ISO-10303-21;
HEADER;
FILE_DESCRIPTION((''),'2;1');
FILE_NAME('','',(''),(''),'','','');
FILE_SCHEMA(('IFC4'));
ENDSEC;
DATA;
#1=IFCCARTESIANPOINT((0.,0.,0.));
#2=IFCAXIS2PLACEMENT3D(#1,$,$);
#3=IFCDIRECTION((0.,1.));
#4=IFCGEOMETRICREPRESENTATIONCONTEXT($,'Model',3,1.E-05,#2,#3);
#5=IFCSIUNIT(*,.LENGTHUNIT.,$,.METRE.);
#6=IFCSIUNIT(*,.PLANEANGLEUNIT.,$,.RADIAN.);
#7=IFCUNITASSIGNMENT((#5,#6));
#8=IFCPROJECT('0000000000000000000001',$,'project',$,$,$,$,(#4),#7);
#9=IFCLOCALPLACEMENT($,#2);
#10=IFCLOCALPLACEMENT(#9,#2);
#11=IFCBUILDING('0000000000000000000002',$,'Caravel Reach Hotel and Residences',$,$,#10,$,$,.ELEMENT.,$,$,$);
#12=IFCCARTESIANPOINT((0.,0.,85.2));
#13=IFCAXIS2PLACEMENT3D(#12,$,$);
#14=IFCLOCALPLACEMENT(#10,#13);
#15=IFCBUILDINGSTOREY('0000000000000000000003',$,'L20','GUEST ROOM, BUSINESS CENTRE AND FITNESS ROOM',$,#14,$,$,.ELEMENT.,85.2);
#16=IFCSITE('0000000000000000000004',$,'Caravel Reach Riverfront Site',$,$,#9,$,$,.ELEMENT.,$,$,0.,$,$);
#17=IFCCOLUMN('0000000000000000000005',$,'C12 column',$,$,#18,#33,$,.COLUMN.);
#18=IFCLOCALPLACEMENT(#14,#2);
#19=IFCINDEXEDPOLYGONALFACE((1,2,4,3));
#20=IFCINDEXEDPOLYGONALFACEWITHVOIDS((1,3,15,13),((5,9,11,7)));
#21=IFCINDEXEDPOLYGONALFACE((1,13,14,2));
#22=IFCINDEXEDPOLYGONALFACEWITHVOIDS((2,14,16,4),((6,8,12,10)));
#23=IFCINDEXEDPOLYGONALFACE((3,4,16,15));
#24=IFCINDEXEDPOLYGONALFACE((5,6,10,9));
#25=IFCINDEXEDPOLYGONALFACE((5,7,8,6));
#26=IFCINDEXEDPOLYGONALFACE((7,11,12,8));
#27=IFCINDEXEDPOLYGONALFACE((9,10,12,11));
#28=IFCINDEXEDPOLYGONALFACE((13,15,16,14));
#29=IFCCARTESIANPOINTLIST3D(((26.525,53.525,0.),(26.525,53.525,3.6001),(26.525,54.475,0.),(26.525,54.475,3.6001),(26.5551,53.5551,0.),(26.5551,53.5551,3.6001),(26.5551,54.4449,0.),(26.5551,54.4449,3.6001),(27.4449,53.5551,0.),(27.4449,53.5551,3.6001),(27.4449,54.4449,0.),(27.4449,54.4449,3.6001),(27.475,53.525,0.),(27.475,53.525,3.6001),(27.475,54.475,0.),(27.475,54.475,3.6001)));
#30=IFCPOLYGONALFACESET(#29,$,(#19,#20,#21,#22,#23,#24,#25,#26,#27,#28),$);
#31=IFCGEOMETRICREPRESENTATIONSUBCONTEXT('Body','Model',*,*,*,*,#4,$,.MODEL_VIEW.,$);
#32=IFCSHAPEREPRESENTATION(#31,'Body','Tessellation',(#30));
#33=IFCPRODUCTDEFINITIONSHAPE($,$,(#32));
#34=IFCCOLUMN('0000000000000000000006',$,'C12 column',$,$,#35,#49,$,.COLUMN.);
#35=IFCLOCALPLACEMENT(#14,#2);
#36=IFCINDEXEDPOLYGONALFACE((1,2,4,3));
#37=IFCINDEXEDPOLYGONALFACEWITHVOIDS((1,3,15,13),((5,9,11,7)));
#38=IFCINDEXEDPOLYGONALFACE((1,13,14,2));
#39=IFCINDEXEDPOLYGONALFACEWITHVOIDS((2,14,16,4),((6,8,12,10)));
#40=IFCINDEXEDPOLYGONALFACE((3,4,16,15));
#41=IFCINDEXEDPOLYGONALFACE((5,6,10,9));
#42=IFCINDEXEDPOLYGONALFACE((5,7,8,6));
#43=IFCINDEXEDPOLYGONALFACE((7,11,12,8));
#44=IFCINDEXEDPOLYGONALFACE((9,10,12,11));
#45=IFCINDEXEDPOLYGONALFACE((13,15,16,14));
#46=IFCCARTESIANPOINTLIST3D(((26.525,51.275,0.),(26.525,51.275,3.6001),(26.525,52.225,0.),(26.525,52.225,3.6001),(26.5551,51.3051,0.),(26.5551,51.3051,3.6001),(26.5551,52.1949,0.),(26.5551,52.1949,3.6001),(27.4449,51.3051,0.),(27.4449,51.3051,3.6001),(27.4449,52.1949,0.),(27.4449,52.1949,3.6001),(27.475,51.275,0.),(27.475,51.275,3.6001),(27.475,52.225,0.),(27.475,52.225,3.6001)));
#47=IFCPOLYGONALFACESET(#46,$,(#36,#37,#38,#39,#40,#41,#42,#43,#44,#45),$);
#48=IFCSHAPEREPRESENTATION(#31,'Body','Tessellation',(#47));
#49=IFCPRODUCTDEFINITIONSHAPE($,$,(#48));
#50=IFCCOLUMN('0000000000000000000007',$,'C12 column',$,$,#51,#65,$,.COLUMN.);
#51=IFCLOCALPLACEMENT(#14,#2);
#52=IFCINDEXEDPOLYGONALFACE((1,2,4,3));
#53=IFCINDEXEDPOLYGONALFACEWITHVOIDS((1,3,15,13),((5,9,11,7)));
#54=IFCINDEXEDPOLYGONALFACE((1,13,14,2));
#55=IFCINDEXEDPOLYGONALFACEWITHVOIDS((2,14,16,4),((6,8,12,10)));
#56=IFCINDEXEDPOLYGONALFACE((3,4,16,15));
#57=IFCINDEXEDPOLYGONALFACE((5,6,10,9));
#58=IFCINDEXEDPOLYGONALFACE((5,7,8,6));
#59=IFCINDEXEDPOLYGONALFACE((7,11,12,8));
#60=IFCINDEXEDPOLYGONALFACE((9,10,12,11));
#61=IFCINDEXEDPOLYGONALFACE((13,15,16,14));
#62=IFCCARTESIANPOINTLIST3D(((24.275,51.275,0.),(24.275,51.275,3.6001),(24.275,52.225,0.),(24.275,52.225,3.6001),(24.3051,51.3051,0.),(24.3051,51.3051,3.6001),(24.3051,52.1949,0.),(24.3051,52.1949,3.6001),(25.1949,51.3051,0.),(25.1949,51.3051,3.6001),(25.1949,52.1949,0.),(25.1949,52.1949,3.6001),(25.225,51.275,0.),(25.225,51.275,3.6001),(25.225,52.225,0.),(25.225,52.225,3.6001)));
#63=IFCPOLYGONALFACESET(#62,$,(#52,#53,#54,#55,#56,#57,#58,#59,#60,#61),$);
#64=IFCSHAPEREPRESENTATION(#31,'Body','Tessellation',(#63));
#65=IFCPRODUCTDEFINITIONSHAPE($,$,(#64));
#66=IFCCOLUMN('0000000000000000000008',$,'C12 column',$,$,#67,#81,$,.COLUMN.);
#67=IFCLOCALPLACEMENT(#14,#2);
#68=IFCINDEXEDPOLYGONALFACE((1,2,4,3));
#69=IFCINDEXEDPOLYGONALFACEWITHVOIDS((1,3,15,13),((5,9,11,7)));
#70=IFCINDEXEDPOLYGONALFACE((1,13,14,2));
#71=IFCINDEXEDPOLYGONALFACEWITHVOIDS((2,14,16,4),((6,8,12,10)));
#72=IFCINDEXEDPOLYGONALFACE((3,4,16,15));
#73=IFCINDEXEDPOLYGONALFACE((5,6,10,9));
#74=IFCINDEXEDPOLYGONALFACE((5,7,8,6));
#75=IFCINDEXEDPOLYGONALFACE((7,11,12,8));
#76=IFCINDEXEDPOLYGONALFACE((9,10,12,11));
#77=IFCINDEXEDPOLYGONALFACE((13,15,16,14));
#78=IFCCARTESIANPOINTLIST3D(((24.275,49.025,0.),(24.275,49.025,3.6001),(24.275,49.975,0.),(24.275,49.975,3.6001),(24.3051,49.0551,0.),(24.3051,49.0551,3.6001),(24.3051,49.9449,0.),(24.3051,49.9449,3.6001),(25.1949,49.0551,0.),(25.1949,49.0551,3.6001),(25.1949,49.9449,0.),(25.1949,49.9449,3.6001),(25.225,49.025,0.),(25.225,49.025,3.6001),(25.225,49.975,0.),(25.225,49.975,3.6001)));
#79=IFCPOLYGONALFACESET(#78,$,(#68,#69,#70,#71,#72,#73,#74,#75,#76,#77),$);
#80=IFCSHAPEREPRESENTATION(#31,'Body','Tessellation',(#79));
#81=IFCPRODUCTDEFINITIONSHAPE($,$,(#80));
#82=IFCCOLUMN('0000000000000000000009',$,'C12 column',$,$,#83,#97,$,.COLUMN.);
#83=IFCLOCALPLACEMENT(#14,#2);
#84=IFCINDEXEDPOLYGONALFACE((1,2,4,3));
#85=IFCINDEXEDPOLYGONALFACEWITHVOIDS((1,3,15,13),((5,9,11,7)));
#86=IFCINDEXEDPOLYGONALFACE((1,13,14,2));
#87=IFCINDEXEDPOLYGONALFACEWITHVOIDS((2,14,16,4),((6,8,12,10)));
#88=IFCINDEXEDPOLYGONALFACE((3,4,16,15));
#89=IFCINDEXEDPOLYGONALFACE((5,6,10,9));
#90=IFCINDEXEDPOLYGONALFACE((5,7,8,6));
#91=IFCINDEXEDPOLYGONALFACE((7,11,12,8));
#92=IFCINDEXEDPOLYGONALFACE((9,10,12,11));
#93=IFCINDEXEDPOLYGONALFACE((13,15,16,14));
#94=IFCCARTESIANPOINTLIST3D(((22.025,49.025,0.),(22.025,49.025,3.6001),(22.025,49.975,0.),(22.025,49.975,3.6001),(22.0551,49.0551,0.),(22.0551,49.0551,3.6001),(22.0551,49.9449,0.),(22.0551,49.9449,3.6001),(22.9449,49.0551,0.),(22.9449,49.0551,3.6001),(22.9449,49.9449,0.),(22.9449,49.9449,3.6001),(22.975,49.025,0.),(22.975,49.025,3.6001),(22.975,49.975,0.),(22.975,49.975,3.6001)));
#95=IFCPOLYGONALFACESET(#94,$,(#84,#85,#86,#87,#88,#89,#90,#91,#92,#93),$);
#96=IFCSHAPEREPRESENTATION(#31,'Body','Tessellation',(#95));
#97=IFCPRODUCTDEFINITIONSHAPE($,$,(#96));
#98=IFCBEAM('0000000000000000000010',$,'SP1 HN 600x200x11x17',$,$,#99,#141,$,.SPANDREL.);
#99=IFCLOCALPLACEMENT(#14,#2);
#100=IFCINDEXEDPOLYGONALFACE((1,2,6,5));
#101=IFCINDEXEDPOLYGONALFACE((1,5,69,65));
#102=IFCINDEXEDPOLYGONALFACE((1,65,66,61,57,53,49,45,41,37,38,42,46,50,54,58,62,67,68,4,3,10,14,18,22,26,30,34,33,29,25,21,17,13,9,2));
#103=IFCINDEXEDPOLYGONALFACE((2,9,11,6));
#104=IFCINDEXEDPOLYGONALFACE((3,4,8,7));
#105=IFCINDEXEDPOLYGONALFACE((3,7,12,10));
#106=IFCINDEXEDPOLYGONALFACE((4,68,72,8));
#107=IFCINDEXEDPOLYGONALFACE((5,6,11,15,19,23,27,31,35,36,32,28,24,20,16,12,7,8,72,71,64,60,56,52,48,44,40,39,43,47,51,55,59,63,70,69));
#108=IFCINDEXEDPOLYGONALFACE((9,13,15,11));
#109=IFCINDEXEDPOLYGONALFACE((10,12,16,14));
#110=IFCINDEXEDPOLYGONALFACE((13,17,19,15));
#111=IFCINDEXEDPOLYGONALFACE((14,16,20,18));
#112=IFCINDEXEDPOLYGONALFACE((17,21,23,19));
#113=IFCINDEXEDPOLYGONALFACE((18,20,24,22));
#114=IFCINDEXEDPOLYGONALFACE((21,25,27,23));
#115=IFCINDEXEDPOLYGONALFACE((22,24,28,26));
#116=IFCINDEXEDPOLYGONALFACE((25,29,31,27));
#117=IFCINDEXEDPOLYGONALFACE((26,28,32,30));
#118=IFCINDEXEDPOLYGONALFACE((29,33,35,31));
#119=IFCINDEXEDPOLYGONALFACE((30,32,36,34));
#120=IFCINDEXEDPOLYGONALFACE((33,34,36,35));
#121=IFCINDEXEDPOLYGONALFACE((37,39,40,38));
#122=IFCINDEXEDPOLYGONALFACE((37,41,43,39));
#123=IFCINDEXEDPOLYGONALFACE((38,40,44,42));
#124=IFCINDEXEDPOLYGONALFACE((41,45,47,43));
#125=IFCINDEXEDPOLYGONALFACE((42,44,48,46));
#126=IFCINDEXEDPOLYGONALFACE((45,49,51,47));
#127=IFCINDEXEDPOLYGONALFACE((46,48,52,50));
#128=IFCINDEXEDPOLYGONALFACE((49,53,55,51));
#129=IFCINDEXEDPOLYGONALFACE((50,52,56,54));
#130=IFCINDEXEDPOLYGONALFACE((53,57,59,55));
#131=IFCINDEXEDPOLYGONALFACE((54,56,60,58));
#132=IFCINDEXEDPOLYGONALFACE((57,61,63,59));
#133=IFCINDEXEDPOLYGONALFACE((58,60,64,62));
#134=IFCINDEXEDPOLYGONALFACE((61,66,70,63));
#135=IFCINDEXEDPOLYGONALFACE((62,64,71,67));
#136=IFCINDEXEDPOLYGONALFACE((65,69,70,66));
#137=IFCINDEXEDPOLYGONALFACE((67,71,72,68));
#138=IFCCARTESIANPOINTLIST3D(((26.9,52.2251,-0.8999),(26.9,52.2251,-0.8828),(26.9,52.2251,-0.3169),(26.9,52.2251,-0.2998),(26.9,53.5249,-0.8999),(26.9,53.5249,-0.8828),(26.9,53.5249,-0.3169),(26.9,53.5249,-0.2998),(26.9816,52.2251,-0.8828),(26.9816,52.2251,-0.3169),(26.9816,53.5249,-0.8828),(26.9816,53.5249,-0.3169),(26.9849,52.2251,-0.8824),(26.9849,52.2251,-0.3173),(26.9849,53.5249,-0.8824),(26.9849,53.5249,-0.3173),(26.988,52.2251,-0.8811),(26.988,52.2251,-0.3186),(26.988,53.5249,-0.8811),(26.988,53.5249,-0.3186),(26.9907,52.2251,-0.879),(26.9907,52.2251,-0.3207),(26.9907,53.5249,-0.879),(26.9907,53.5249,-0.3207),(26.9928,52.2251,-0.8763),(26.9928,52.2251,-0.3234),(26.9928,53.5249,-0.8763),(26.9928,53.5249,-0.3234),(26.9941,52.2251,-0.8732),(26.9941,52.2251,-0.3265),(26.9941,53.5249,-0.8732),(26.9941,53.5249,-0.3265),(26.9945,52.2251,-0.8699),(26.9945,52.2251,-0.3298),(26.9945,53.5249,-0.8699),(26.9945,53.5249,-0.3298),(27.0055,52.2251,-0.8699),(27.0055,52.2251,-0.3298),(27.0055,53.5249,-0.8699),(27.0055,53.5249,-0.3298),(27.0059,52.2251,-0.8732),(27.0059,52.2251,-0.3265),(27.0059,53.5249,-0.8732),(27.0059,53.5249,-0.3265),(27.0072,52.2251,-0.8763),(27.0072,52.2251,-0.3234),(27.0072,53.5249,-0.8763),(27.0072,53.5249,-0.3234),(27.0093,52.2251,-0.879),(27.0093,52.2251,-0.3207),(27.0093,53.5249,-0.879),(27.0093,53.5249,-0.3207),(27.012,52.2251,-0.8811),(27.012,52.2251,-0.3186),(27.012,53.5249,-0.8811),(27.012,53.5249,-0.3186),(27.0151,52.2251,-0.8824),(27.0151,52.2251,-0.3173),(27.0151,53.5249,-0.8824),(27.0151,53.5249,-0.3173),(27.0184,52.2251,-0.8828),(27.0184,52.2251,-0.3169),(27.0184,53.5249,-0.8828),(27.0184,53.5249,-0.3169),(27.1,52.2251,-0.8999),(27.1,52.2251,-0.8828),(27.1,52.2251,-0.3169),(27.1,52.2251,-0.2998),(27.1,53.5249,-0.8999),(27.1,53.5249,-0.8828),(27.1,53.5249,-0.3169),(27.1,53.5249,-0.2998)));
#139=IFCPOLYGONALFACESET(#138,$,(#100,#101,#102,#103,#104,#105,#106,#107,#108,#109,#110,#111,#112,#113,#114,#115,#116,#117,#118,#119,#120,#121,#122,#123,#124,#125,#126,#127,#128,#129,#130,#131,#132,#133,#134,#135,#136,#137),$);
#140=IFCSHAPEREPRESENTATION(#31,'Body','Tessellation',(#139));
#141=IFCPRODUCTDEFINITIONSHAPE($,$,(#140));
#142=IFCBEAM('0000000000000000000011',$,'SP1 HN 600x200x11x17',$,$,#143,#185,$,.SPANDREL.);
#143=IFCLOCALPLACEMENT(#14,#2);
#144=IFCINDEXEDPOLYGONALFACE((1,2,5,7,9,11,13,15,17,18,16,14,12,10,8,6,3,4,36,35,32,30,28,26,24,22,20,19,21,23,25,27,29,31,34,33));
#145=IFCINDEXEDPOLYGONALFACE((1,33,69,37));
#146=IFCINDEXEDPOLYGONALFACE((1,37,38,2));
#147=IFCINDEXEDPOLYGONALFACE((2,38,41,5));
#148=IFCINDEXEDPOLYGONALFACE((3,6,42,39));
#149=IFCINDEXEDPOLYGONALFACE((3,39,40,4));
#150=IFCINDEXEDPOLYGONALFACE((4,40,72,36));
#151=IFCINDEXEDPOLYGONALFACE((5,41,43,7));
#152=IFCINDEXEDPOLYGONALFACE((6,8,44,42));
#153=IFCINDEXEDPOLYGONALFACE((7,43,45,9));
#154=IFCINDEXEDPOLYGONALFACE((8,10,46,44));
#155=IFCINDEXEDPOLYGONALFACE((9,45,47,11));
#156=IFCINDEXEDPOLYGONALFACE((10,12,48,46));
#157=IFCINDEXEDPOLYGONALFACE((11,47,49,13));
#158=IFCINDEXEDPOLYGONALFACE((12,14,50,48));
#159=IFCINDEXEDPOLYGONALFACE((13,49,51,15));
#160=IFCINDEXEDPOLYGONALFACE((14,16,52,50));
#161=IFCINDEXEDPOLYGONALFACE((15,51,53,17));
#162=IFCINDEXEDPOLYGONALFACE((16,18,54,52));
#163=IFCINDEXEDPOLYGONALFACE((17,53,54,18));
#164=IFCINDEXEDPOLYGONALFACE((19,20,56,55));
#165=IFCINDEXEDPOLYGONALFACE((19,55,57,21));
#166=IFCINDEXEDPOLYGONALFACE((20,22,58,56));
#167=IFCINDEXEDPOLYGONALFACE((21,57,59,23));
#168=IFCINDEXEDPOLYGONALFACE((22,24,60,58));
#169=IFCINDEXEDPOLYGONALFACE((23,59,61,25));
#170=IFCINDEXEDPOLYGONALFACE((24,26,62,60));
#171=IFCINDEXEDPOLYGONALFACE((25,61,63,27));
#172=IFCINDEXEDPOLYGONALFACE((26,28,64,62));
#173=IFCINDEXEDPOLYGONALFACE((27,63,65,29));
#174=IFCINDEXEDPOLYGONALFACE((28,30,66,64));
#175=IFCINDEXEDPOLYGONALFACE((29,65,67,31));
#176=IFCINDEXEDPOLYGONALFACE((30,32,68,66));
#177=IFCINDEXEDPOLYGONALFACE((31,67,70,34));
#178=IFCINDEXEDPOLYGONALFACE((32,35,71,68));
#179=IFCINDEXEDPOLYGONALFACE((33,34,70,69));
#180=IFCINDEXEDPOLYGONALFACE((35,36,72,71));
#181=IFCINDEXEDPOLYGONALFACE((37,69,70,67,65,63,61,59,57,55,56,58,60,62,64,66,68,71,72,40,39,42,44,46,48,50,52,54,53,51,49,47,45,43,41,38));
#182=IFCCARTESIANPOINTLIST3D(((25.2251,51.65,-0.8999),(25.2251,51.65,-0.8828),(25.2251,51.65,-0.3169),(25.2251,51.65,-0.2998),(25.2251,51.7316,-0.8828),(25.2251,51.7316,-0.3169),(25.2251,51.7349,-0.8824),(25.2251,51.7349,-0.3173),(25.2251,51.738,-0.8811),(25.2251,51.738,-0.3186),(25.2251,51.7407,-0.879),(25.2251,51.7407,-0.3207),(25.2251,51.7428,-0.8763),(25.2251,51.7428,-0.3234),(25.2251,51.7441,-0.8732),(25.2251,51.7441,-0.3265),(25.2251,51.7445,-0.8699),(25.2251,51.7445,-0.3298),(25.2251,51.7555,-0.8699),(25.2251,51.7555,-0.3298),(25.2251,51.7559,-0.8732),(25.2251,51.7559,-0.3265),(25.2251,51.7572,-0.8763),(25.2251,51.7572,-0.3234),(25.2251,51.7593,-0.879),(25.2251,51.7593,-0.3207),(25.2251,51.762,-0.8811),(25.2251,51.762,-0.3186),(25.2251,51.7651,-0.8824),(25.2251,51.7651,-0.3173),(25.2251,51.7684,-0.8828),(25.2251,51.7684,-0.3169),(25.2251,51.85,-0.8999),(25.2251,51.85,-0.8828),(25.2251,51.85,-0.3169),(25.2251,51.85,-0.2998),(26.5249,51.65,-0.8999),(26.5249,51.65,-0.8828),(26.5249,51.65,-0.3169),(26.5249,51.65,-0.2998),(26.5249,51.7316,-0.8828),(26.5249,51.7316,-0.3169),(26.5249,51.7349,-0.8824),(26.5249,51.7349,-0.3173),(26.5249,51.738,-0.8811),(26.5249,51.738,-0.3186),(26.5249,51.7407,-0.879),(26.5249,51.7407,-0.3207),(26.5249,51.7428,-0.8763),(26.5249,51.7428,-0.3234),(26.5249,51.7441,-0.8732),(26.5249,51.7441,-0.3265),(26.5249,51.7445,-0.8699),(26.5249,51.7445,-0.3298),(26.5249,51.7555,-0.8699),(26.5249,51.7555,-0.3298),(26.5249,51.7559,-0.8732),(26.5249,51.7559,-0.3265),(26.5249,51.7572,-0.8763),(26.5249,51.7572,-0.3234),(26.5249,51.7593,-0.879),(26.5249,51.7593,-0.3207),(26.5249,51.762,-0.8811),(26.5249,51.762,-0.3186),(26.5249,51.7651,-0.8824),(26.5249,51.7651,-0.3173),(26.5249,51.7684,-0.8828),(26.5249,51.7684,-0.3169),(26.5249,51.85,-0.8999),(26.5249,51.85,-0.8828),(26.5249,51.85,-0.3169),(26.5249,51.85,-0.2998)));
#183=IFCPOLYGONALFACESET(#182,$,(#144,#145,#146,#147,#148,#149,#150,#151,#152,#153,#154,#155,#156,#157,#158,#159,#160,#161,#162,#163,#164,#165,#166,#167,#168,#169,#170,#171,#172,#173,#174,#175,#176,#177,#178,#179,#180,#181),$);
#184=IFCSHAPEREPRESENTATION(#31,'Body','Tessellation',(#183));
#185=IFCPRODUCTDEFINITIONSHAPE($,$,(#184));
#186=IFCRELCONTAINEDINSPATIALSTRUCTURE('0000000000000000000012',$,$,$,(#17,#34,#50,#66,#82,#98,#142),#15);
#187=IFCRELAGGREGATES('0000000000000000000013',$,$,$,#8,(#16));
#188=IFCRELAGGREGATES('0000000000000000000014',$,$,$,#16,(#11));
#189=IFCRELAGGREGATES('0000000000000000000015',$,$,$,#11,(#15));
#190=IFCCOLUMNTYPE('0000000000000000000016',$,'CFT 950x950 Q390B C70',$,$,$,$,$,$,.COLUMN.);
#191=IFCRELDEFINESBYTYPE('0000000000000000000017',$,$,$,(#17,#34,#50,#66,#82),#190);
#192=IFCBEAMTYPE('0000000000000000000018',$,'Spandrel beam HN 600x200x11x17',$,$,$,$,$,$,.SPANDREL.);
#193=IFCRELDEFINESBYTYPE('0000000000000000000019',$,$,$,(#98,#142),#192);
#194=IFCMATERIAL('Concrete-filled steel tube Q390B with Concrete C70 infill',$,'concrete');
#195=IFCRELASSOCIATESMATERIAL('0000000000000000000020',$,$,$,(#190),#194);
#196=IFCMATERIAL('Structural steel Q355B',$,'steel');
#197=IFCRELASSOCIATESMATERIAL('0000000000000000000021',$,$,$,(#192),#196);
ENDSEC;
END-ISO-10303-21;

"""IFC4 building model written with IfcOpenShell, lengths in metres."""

from ifc_helpers import new_model, si_unit, direction, frame, origin, origin_2d, place, context, subcontext, project, spatial, hollow_rectangle, i_section, extrude, material, material_profile, profile_set, type_object, element, save


model = new_model("IFC4")

# Units and contexts
model_context = context("Model", 3, precision=1e-05, world=origin(), true_north=direction((0.0, 1.0)))
body_context = subcontext(model_context, "Body", "Model", "MODEL_VIEW")
ifc_project = project(units=[si_unit("LENGTHUNIT", "METRE"), si_unit("PLANEANGLEUNIT", "RADIAN")], contexts=[model_context])

# Site, building, storey
site_placement = place(None, origin())
site = spatial("IfcSite", under=ifc_project, at=site_placement, Name="Caravel Reach Riverfront Site", CompositionType="ELEMENT", RefElevation=0.0)
building_placement = place(site_placement, origin())
building = spatial("IfcBuilding", under=site, at=building_placement, Name="Caravel Reach Hotel and Residences", CompositionType="ELEMENT")
storey_placement = place(building_placement, frame((0.0, 0.0, 85.2)))
storey = spatial("IfcBuildingStorey", under=building, at=storey_placement, Name="L20", Description="GUEST ROOM, BUSINESS CENTRE AND FITNESS ROOM", CompositionType="ELEMENT", Elevation=85.2)

# Columns
ifc_material_1 = material(Name="Concrete-filled steel tube Q390B with Concrete C70 infill", Category="concrete")
ifc_material_profile_1 = material_profile(ifc_material_1, hollow_rectangle(XDim=0.95, YDim=0.95, WallThickness=0.03, at=origin_2d()), Name="RHS 950x950x30")
ifc_profile_set_1 = profile_set([ifc_material_profile_1], Name="Concrete-filled steel tube Q390B with Concrete C70 infill")
column_type = type_object("IfcColumnType", Name="CFT 950x950 Q390B C70", PredefinedType="COLUMN", material=ifc_profile_set_1)
for number, where, z_axis, x_axis, name in (
    (1, (27.0, 54.0, 0.0), (0.0, 0.0, 1.0), (1.0, 0.0, 0.0), "C12 column"),
    (2, (27.0, 51.75, 0.0), (0.0, 0.0, 1.0), (1.0, 0.0, 0.0), "C12 column"),
    (3, (24.75, 51.75, 0.0), (0.0, 0.0, 1.0), (1.0, 0.0, 0.0), "C12 column"),
    (4, (24.75, 49.5, 0.0), (0.0, 0.0, 1.0), (1.0, 0.0, 0.0), "C12 column"),
    (5, (22.5, 49.5, 0.0), (0.0, 0.0, 1.0), (1.0, 0.0, 0.0), "C12 column"),
):
    element("IfcColumn", number, at=place(storey_placement, frame(where, z_axis=z_axis, x_axis=x_axis)), inside=storey, type_object=column_type, Name=name, PredefinedType="COLUMN", context=body_context, shape_type="SweptSolid", body=[
        extrude(hollow_rectangle(XDim=0.95, YDim=0.95, WallThickness=0.03, at=origin_2d()), origin(), (0.0, 0.0, 1.0), 3.6001),
    ])

# Beams
ifc_material_2 = material(Name="Structural steel Q355B", Category="steel")
ifc_material_profile_2 = material_profile(ifc_material_2, i_section(OverallWidth=0.2, OverallDepth=0.6001, WebThickness=0.011, FlangeThickness=0.0171, FilletRadius=0.0129, at=origin_2d()), Name="HN 600x200x11x17")
ifc_profile_set_2 = profile_set([ifc_material_profile_2], Name="Structural steel Q355B")
beam_type = type_object("IfcBeamType", Name="Spandrel beam HN 600x200x11x17", PredefinedType="SPANDREL", material=ifc_profile_set_2)
for number, where, z_axis, x_axis, name in (
    (6, (27.0, 53.5249, -0.5999), (0.0, -1.0, 0.0), (1.0, 0.0, 0.0), "SP1 HN 600x200x11x17"),
    (7, (26.5249, 51.75, -0.5999), (-1.0, 0.0, 0.0), (0.0, -1.0, 0.0), "SP1 HN 600x200x11x17"),
):
    element("IfcBeam", number, at=place(storey_placement, frame(where, z_axis=z_axis, x_axis=x_axis)), inside=storey, type_object=beam_type, Name=name, PredefinedType="SPANDREL", context=body_context, shape_type="SweptSolid", body=[
        extrude(i_section(OverallWidth=0.2, OverallDepth=0.6001, WebThickness=0.011, FlangeThickness=0.0171, FilletRadius=0.0129, at=origin_2d()), origin(), (0.0, 0.0, 1.0), 1.2998),
    ])

save(model, "model.ifc")
